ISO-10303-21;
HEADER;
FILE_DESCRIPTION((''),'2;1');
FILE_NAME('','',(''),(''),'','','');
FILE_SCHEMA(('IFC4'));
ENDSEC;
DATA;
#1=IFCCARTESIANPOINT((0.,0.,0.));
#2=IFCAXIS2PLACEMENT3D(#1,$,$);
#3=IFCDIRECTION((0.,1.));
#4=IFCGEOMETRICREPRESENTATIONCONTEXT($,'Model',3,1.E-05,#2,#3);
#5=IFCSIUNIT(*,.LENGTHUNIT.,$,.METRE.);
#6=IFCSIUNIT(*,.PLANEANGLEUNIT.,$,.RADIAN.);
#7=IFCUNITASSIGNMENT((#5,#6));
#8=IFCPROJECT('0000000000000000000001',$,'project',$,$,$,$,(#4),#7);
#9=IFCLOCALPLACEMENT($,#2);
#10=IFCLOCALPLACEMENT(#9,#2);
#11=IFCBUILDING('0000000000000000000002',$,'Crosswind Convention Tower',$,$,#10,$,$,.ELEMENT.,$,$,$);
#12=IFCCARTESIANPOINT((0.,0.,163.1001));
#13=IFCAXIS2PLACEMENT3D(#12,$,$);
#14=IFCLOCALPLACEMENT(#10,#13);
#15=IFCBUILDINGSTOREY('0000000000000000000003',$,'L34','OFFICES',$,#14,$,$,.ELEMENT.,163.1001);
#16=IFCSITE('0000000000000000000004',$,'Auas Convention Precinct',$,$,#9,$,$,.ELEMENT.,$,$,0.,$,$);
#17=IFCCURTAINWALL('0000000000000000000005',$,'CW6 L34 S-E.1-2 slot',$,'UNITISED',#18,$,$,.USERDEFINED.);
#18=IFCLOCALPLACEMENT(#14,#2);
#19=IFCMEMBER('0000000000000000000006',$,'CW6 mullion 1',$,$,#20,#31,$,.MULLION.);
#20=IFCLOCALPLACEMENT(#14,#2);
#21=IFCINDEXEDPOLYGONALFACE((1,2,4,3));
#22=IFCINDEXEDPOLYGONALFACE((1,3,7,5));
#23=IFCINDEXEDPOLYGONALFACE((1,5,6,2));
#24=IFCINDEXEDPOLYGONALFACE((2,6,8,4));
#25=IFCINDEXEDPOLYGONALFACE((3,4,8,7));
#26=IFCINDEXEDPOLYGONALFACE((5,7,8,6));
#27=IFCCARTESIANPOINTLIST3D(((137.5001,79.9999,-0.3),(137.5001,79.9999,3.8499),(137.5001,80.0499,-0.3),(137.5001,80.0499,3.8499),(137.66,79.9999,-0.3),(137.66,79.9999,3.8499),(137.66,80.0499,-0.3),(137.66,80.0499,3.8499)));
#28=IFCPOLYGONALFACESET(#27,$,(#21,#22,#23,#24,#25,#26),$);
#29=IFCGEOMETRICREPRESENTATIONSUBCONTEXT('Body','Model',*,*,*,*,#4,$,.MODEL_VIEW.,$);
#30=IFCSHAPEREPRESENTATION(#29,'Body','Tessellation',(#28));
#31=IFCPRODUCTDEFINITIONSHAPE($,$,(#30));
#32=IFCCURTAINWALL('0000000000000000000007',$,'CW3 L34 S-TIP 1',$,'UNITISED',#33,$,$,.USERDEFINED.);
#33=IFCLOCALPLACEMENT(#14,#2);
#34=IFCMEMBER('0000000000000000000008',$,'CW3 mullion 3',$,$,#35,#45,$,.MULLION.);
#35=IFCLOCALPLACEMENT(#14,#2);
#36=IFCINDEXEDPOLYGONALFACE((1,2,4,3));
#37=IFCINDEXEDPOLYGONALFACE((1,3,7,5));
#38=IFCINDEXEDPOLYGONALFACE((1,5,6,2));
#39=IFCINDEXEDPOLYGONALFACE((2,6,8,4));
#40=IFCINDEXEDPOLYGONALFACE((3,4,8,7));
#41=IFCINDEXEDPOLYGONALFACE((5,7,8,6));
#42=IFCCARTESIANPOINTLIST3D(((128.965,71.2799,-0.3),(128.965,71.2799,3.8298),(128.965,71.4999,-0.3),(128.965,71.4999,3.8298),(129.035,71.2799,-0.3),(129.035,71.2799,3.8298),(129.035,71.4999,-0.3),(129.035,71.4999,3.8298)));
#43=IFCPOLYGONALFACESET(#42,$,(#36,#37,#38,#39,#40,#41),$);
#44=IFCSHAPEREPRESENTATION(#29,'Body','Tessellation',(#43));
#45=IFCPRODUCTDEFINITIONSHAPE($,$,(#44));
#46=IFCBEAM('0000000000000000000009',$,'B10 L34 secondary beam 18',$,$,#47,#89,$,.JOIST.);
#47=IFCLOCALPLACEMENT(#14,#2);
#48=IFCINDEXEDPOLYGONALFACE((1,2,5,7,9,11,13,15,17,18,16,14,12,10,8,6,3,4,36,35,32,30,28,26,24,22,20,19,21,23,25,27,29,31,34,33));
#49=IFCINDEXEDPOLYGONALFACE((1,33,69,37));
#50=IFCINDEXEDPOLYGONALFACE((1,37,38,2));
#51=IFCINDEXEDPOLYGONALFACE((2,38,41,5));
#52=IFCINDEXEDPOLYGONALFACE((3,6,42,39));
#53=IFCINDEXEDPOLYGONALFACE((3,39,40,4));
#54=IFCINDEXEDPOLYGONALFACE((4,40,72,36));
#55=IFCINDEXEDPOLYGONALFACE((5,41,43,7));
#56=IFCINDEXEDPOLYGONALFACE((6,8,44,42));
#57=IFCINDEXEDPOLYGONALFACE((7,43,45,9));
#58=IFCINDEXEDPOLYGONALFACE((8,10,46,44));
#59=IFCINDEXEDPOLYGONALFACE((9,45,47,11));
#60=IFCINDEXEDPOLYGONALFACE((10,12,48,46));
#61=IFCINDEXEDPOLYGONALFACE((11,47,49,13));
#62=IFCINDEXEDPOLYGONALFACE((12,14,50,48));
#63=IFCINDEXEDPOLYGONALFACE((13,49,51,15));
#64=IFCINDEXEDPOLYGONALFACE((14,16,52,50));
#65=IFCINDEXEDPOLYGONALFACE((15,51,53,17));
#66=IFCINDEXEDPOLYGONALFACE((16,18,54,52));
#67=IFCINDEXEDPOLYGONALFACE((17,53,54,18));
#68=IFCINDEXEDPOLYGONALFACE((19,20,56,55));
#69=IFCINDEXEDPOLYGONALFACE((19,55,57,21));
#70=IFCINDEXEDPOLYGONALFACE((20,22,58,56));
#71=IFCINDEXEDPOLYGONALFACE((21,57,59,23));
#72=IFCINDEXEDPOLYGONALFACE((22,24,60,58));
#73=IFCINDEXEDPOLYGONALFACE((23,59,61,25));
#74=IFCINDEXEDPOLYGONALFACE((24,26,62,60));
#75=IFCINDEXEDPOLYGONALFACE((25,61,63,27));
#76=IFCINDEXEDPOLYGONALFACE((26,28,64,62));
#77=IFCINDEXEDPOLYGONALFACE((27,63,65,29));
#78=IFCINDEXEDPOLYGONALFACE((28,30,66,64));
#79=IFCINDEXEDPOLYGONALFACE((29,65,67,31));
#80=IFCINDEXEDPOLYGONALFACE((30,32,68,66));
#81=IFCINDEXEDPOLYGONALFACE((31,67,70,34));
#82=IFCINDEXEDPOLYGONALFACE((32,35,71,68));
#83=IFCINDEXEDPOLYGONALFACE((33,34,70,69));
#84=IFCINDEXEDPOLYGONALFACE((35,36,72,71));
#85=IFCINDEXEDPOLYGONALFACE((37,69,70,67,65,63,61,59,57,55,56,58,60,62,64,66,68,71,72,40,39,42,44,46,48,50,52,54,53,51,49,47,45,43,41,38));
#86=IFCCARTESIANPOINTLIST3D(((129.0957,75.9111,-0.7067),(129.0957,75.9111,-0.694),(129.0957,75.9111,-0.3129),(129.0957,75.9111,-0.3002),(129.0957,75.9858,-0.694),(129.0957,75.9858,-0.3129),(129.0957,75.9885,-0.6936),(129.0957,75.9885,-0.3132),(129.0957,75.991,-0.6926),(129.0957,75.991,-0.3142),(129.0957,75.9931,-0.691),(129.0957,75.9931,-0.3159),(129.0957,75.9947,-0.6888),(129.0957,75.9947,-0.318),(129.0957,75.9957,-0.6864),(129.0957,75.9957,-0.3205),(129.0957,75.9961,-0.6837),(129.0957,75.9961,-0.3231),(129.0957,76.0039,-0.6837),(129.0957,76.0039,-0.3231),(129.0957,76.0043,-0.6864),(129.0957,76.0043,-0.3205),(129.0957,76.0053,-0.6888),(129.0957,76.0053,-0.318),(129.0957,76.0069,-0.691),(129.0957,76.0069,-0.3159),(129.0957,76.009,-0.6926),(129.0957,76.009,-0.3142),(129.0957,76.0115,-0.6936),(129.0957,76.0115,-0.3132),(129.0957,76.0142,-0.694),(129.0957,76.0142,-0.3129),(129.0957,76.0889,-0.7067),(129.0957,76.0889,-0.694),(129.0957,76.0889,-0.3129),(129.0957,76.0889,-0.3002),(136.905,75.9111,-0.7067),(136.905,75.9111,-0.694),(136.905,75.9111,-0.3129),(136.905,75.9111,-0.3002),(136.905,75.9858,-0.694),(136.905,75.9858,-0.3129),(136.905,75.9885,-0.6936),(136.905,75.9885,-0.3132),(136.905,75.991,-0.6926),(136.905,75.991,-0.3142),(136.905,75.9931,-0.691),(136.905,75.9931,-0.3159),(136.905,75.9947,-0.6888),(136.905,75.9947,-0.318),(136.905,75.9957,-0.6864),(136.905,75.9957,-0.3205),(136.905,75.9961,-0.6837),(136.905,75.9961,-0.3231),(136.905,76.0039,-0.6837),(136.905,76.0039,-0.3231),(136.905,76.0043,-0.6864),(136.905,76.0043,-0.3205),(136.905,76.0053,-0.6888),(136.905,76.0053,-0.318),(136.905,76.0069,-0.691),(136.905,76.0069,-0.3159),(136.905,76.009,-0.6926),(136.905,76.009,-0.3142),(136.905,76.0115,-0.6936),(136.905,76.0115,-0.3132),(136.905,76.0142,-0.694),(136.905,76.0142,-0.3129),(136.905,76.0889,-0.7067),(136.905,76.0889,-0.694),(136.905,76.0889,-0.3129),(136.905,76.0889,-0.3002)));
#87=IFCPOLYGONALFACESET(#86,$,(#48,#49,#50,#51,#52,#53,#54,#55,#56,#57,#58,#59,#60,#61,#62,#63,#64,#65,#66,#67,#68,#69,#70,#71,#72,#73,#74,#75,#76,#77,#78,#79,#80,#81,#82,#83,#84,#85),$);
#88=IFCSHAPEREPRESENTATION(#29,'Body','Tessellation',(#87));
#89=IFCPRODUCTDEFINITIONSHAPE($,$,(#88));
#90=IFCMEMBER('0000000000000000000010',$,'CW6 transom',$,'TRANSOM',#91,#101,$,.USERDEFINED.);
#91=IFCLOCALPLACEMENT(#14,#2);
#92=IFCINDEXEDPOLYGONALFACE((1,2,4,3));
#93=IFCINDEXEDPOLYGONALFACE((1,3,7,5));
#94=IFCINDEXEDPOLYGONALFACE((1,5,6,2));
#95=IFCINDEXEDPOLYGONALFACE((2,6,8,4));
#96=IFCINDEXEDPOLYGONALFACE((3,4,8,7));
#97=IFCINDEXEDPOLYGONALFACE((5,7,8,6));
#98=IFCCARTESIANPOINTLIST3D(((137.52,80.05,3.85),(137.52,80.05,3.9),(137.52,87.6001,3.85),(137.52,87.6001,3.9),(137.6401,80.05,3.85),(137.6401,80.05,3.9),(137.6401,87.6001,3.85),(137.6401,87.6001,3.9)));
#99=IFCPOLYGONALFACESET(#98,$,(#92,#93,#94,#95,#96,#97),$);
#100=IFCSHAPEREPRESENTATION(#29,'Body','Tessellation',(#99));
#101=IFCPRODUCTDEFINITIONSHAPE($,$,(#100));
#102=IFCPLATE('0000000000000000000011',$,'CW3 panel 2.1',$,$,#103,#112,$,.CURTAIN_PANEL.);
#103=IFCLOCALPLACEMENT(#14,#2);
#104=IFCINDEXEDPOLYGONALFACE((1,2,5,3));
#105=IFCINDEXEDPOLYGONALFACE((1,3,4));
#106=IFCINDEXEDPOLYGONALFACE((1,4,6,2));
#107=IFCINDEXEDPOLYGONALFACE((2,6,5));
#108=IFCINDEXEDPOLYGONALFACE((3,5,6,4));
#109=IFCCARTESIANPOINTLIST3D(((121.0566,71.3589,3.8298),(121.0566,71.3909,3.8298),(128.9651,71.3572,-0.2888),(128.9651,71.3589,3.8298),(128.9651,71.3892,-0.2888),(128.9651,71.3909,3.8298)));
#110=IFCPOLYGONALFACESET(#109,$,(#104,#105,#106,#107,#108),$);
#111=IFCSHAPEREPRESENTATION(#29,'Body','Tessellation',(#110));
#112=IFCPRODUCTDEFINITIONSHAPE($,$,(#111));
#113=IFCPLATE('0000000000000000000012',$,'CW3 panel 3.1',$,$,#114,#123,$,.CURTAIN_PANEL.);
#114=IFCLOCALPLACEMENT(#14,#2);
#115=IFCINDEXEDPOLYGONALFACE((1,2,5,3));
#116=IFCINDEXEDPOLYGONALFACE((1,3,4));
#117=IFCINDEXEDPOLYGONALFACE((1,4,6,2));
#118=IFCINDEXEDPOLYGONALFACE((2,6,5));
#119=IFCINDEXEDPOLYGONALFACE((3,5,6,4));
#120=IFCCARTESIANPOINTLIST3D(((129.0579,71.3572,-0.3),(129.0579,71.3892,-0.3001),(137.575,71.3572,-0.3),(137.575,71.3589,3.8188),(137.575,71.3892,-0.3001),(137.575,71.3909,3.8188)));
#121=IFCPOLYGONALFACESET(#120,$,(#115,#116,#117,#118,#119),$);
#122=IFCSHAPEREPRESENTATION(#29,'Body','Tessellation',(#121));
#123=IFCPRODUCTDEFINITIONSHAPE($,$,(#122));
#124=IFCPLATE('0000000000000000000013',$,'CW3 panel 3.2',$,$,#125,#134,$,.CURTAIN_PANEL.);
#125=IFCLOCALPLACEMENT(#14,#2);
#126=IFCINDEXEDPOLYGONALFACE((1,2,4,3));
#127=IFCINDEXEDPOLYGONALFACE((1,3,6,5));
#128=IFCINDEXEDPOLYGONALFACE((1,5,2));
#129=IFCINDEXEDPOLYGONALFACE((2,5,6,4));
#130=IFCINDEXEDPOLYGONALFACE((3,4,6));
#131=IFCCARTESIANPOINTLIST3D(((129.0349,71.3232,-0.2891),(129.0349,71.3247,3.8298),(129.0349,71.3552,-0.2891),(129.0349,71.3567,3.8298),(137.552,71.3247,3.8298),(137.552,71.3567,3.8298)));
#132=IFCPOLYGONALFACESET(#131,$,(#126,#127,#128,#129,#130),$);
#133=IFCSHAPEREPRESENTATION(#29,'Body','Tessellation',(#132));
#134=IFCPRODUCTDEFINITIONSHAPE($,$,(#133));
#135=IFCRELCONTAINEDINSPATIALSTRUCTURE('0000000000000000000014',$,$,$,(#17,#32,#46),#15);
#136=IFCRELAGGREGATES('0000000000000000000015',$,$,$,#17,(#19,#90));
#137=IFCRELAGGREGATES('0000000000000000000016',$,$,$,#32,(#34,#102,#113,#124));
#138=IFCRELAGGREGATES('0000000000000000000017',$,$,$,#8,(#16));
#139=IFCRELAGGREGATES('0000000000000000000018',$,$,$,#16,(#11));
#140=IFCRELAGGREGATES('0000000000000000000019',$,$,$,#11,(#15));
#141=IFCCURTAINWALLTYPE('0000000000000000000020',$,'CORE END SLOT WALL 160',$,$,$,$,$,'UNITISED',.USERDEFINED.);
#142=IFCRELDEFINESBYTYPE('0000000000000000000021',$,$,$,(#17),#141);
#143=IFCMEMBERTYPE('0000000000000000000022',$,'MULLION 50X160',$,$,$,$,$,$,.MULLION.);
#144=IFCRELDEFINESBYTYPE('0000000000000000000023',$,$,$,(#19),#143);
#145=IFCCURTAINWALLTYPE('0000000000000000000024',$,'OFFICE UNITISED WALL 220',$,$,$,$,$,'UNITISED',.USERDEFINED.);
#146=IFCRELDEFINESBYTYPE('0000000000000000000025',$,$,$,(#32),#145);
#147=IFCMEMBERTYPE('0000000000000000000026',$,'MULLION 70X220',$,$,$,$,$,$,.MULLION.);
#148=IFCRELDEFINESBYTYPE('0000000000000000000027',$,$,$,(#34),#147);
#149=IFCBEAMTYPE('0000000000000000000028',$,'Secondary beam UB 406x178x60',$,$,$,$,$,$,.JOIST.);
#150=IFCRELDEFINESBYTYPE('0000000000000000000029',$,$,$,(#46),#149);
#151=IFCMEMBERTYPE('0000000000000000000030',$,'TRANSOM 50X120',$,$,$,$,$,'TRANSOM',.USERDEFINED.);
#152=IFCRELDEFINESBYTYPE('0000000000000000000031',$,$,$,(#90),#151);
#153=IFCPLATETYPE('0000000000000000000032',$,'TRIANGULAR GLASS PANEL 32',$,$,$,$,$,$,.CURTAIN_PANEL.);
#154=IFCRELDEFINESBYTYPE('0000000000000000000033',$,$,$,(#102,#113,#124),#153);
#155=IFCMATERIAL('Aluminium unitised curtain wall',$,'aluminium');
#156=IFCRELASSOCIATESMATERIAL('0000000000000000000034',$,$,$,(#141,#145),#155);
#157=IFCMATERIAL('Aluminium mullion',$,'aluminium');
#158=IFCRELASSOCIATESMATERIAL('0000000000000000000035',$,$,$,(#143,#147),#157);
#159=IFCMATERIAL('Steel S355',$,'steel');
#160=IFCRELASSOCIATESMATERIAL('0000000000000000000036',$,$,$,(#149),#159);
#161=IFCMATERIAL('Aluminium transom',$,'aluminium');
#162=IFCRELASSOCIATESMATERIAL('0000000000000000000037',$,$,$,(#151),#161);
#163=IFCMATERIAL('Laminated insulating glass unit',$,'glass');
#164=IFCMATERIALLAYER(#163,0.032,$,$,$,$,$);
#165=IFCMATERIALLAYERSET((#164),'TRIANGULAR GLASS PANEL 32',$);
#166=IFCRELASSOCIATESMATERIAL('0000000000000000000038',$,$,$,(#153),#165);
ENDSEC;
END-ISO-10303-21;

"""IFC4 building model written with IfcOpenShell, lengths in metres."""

from ifc_helpers import new_model, si_unit, direction, frame, origin, origin_2d, place, context, subcontext, project, spatial, polyline, rectangle, i_section, outline, extrude, material, layer, layer_set, material_profile, profile_set, type_object, element, aggregate, save


model = new_model("IFC4")

# Units and contexts
model_context = context("Model", 3, precision=1e-05, world=origin(), true_north=direction((0.0, 1.0)))
body_context = subcontext(model_context, "Body", "Model", "MODEL_VIEW")
ifc_project = project(units=[si_unit("LENGTHUNIT", "METRE"), si_unit("PLANEANGLEUNIT", "RADIAN")], contexts=[model_context])

# Site, building, storey
site_placement = place(None, origin())
site = spatial("IfcSite", under=ifc_project, at=site_placement, Name="Auas Convention Precinct", CompositionType="ELEMENT", RefElevation=0.0)
building_placement = place(site_placement, origin())
building = spatial("IfcBuilding", under=site, at=building_placement, Name="Crosswind Convention Tower", CompositionType="ELEMENT")
storey_placement = place(building_placement, frame((0.0, 0.0, 163.1001)))
storey = spatial("IfcBuildingStorey", under=building, at=storey_placement, Name="L34", Description="OFFICES", CompositionType="ELEMENT", Elevation=163.1001)

# Shared definitions
ifc_material_1 = material(Name="Steel S355", Category="steel")

# Curtain walls, members
ifc_material_2 = material(Name="Aluminium unitised curtain wall", Category="aluminium")
curtain_wall_type_1 = type_object("IfcCurtainWallType", Name="CORE END SLOT WALL 160", ElementType="UNITISED", PredefinedType="USERDEFINED", material=ifc_material_2)
curtain_wall_1_placement = place(storey_placement, origin())
curtain_wall_1 = element("IfcCurtainWall", 1, at=curtain_wall_1_placement, inside=storey, type_object=curtain_wall_type_1, Name="CW6 L34 S-E.1-2 slot", ObjectType="UNITISED", PredefinedType="USERDEFINED")
ifc_material_3 = material(Name="Aluminium mullion", Category="aluminium")
ifc_material_profile_1 = material_profile(ifc_material_3, rectangle(XDim=0.1599, YDim=0.05, at=origin_2d()), Name="AL 160X50")
ifc_profile_set_1 = profile_set([ifc_material_profile_1], Name="Aluminium mullion")
member_type_1 = type_object("IfcMemberType", Name="MULLION 50X160", PredefinedType="MULLION", material=ifc_profile_set_1)
member_1_placement = place(storey_placement, frame((137.5801, 80.0249, -0.3), z_axis=(0.0, 0.0, 1.0), x_axis=(1.0, 0.0, 0.0)))
member_1 = element("IfcMember", 2, at=member_1_placement, type_object=member_type_1, Name="CW6 mullion 1", PredefinedType="MULLION", context=body_context, shape_type="SweptSolid", body=[
    extrude(rectangle(XDim=0.1599, YDim=0.05, at=origin_2d()), origin(), (0.0, 0.0, 1.0), 4.1499),
])
curtain_wall_type_2 = type_object("IfcCurtainWallType", Name="OFFICE UNITISED WALL 220", ElementType="UNITISED", PredefinedType="USERDEFINED", material=ifc_material_2)
curtain_wall_2_placement = place(storey_placement, origin())
curtain_wall_2 = element("IfcCurtainWall", 3, at=curtain_wall_2_placement, inside=storey, type_object=curtain_wall_type_2, Name="CW3 L34 S-TIP 1", ObjectType="UNITISED", PredefinedType="USERDEFINED")
ifc_material_profile_2 = material_profile(ifc_material_3, rectangle(XDim=0.22, YDim=0.0701, at=origin_2d()), Name="AL 220X70")
ifc_profile_set_2 = profile_set([ifc_material_profile_2], Name="Aluminium mullion")
member_type_2 = type_object("IfcMemberType", Name="MULLION 70X220", PredefinedType="MULLION", material=ifc_profile_set_2)
member_2_placement = place(storey_placement, frame((129.0, 71.3899, -0.3), z_axis=(0.0, 0.0, 1.0), x_axis=(0.0, -1.0, 0.0)))
member_2 = element("IfcMember", 4, at=member_2_placement, type_object=member_type_2, Name="CW3 mullion 3", PredefinedType="MULLION", context=body_context, shape_type="SweptSolid", body=[
    extrude(rectangle(XDim=0.22, YDim=0.0701, at=origin_2d()), origin(), (0.0, 0.0, 1.0), 4.1299),
])

# Beam
ifc_material_profile_3 = material_profile(ifc_material_1, i_section(OverallWidth=0.1777, OverallDepth=0.4065, WebThickness=0.0078, FlangeThickness=0.0127, FilletRadius=0.0103, at=origin_2d()), Name="UB 406x178x60")
ifc_profile_set_3 = profile_set([ifc_material_profile_3], Name="Steel S355")
beam_type_1 = type_object("IfcBeamType", Name="Secondary beam UB 406x178x60", PredefinedType="JOIST", material=ifc_profile_set_3)
beam_1_placement = place(storey_placement, frame((129.0957, 76.0, -0.5034), z_axis=(1.0, 0.0, 0.0), x_axis=(0.0, 1.0, 0.0)))
element("IfcBeam", 5, at=beam_1_placement, inside=storey, type_object=beam_type_1, Name="B10 L34 secondary beam 18", PredefinedType="JOIST", context=body_context, shape_type="SweptSolid", body=[
    extrude(i_section(OverallWidth=0.1777, OverallDepth=0.4065, WebThickness=0.0078, FlangeThickness=0.0127, FilletRadius=0.0103, at=origin_2d()), origin(), (0.0, 0.0, 1.0), 7.8093),
])

# Member
ifc_material_4 = material(Name="Aluminium transom", Category="aluminium")
ifc_material_profile_4 = material_profile(ifc_material_4, rectangle(XDim=0.1201, YDim=0.05, at=origin_2d()), Name="AL 120X50")
ifc_profile_set_4 = profile_set([ifc_material_profile_4], Name="Aluminium transom")
member_type_3 = type_object("IfcMemberType", Name="TRANSOM 50X120", ElementType="TRANSOM", PredefinedType="USERDEFINED", material=ifc_profile_set_4)
member_3_placement = place(storey_placement, frame((137.5801, 80.05, 3.875), z_axis=(0.0, 1.0, 0.0), x_axis=(-1.0, 0.0, 0.0)))
member_3 = element("IfcMember", 6, at=member_3_placement, type_object=member_type_3, Name="CW6 transom", ObjectType="TRANSOM", PredefinedType="USERDEFINED", context=body_context, shape_type="SweptSolid", body=[
    extrude(rectangle(XDim=0.1201, YDim=0.05, at=origin_2d()), origin(), (0.0, 0.0, 1.0), 7.55),
])
aggregate(curtain_wall_1, [member_1, member_3])

# Plates
ifc_material_5 = material(Name="Laminated insulating glass unit", Category="glass")
ifc_layer_1 = layer(ifc_material_5, 0.032)
ifc_layer_set_1 = layer_set([ifc_layer_1], Name="TRIANGULAR GLASS PANEL 32")
plate_type = type_object("IfcPlateType", Name="TRIANGULAR GLASS PANEL 32", PredefinedType="CURTAIN_PANEL", material=ifc_layer_set_1)
plate_1_placement = place(storey_placement, frame((128.9651, 71.3589, 3.8298), z_axis=(0.0, -1.0, 0.000415), x_axis=(-1.0, 0.0, 0.0)))
plate_1 = element("IfcPlate", 7, at=plate_1_placement, type_object=plate_type, Name="CW3 panel 2.1", PredefinedType="CURTAIN_PANEL", context=body_context, shape_type="SweptSolid", body=[
    extrude(outline(polyline([(0.0, 0.0), (7.9084, 0.0), (0.0, 4.1187), (0.0, 0.0)])), origin(), (0.0, 0.0, -1.0), 0.032),
])
plate_2_placement = place(storey_placement, frame((137.575, 71.3572, -0.3), z_axis=(0.0, -1.0, 0.000415), x_axis=(0.0, 0.000415, 1.0)))
plate_2 = element("IfcPlate", 8, at=plate_2_placement, type_object=plate_type, Name="CW3 panel 3.1", PredefinedType="CURTAIN_PANEL", context=body_context, shape_type="SweptSolid", body=[
    extrude(outline(polyline([(0.0, 0.0), (4.1189, 0.0), (0.0, 8.5171), (0.0, 0.0)])), origin(), (0.0, 0.0, -1.0), 0.032),
])
plate_3_placement = place(storey_placement, frame((129.0349, 71.3247, 3.8298), z_axis=(0.0, -1.0, 0.000356), x_axis=(0.0, -0.000356, -1.0)))
plate_3 = element("IfcPlate", 9, at=plate_3_placement, type_object=plate_type, Name="CW3 panel 3.2", PredefinedType="CURTAIN_PANEL", context=body_context, shape_type="SweptSolid", body=[
    extrude(outline(polyline([(0.0, 0.0), (4.1189, 0.0), (0.0, 8.5171), (0.0, 0.0)])), origin(), (0.0, 0.0, -1.0), 0.032),
])
aggregate(curtain_wall_2, [member_2, plate_1, plate_2, plate_3])

save(model, "model.ifc")
